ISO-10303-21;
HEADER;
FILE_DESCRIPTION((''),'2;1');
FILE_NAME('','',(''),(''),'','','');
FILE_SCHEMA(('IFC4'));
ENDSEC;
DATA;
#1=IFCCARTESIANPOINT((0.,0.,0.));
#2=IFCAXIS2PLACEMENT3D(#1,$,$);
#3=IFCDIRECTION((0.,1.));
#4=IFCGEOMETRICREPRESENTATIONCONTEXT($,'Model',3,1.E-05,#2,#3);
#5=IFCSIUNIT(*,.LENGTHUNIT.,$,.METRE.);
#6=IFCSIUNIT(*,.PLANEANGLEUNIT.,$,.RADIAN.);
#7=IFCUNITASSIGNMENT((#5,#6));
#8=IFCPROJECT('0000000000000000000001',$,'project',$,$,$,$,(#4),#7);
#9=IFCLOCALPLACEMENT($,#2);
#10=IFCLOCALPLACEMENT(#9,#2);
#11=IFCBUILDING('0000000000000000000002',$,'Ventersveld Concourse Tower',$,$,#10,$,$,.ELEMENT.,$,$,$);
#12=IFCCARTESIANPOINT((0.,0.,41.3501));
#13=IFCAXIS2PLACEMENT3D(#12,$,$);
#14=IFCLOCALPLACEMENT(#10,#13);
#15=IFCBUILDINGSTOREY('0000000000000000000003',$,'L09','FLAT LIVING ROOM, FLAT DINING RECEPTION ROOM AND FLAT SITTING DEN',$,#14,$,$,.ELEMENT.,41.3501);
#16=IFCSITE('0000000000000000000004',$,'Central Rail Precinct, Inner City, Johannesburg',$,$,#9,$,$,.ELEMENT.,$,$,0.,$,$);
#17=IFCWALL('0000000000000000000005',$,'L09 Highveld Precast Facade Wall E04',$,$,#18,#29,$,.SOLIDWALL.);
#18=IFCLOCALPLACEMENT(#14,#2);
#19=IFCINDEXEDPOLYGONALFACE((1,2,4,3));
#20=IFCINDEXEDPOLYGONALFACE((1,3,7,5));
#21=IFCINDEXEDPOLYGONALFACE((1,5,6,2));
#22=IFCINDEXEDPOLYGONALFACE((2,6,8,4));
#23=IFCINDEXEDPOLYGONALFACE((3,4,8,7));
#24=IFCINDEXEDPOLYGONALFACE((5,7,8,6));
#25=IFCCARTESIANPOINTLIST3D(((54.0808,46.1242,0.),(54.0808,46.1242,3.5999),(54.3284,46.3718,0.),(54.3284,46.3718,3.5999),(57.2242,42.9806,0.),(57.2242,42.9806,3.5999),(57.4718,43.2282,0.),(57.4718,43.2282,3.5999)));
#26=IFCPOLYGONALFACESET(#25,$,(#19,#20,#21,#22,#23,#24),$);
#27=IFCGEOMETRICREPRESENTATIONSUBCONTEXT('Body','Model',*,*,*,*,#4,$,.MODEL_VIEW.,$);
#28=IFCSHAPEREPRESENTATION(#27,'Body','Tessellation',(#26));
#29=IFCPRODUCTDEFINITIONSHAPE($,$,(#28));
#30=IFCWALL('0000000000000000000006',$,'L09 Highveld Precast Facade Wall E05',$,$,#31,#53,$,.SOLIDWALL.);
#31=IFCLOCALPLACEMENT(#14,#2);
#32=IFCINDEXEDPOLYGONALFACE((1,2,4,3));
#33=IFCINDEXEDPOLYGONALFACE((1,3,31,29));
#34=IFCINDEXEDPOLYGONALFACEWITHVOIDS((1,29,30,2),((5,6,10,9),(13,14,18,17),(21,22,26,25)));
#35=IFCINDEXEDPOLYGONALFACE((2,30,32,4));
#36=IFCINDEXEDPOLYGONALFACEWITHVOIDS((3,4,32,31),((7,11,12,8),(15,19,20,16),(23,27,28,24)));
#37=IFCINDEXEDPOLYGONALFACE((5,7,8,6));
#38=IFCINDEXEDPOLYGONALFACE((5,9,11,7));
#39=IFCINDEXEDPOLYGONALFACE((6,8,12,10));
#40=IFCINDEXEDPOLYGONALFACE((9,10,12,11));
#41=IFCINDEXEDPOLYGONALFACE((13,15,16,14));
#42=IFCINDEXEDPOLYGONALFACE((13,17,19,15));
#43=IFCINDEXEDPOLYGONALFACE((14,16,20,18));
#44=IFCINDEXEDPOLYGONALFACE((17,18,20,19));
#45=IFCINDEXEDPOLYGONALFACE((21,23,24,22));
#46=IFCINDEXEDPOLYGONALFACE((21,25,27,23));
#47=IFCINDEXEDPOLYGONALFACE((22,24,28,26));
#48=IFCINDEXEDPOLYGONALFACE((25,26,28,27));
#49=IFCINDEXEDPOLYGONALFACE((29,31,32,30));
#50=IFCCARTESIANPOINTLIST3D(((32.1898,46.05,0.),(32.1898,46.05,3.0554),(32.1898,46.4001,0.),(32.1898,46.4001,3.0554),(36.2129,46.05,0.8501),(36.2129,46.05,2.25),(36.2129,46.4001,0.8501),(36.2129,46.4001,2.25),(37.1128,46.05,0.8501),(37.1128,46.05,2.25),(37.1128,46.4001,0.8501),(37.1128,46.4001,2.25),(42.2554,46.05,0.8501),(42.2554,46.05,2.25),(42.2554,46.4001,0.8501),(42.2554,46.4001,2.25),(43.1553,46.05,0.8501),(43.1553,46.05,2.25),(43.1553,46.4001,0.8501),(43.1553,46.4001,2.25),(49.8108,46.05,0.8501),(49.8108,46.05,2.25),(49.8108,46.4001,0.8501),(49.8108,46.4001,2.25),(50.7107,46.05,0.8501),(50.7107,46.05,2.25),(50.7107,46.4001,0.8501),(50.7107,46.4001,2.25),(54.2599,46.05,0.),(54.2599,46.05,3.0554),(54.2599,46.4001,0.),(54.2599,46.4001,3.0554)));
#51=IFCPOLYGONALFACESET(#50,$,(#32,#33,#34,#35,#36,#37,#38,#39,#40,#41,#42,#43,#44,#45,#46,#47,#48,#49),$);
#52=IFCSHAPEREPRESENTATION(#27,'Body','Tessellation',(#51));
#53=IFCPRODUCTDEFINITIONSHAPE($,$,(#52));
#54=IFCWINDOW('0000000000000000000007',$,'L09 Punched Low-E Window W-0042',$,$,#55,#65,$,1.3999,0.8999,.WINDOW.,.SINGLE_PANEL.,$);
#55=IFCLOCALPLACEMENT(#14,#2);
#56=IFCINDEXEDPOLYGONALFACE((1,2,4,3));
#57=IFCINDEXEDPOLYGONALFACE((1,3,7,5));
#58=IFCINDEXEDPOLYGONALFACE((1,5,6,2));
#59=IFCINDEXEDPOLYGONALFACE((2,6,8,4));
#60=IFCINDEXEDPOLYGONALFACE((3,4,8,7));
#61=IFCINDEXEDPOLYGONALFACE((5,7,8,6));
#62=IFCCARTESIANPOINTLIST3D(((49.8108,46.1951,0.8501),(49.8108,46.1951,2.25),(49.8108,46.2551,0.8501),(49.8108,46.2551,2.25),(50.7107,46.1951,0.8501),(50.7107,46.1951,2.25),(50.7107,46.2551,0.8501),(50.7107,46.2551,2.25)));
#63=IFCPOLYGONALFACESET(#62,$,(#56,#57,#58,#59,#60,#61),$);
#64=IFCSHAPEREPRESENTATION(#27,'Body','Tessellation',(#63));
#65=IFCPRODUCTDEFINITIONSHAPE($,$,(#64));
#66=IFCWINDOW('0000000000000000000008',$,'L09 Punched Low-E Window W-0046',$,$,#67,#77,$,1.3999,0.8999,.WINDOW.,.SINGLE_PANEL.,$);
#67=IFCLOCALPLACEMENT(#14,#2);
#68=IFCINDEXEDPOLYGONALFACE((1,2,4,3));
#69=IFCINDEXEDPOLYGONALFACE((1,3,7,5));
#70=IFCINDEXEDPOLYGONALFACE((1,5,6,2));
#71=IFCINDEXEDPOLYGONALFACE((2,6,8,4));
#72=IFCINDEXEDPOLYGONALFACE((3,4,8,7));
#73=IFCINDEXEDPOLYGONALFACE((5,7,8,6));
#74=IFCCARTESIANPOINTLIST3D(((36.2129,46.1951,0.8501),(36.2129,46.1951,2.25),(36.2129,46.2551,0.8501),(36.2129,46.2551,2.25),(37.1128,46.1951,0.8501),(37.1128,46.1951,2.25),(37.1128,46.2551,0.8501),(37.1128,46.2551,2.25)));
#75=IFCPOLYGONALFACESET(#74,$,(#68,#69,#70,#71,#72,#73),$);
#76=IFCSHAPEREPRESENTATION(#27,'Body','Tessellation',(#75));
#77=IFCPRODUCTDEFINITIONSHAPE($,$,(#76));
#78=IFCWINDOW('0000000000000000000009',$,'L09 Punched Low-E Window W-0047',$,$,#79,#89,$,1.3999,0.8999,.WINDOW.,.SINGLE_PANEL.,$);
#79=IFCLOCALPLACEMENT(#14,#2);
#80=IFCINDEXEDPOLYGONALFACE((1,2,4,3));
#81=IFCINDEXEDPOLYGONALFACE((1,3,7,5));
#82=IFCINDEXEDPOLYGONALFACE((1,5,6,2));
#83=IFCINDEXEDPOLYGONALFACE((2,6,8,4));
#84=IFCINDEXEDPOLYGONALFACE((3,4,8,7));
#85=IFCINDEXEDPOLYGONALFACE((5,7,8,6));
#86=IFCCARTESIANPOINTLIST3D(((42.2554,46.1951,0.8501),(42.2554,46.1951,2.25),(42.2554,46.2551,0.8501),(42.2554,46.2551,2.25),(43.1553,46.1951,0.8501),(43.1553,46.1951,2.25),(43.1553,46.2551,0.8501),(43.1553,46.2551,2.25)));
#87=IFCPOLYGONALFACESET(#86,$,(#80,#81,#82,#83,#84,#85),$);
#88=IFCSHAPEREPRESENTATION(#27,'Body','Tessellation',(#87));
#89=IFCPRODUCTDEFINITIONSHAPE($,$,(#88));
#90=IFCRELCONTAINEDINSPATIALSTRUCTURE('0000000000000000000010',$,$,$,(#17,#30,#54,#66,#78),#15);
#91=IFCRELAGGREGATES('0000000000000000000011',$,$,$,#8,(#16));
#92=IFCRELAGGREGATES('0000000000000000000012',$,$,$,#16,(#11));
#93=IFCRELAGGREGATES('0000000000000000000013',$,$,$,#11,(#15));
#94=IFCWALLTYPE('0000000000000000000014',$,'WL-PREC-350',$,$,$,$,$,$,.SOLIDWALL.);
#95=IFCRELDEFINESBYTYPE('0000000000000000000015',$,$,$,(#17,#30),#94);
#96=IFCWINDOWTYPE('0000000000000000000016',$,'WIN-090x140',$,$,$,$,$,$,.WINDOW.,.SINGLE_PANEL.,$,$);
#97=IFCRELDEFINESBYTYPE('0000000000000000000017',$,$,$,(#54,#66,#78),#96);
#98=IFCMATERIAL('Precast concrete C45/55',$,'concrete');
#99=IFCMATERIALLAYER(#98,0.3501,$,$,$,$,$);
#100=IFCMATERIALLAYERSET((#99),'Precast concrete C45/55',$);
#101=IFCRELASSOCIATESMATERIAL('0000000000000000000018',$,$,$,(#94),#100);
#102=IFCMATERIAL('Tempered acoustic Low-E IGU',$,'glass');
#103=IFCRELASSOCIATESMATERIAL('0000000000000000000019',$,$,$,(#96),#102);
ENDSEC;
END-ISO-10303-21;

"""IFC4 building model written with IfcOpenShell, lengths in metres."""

from ifc_helpers import new_model, si_unit, direction, frame, frame_2d, origin, place, context, subcontext, project, spatial, rectangle, extrude, material, layer, layer_set, type_object, element, fill, save


model = new_model("IFC4")

# Units and contexts
model_context = context("Model", 3, precision=1e-05, world=origin(), true_north=direction((0.0, 1.0)))
body_context = subcontext(model_context, "Body", "Model", "MODEL_VIEW")
ifc_project = project(units=[si_unit("LENGTHUNIT", "METRE"), si_unit("PLANEANGLEUNIT", "RADIAN")], contexts=[model_context])

# Site, building, storey
site_placement = place(None, origin())
site = spatial("IfcSite", under=ifc_project, at=site_placement, Name="Central Rail Precinct, Inner City, Johannesburg", CompositionType="ELEMENT", RefElevation=0.0)
building_placement = place(site_placement, origin())
building = spatial("IfcBuilding", under=site, at=building_placement, Name="Ventersveld Concourse Tower", CompositionType="ELEMENT")
storey_placement = place(building_placement, frame((0.0, 0.0, 41.3501)))
storey = spatial("IfcBuildingStorey", under=building, at=storey_placement, Name="L09", Description="FLAT LIVING ROOM, FLAT DINING RECEPTION ROOM AND FLAT SITTING DEN", CompositionType="ELEMENT", Elevation=41.3501)

# Wall
ifc_material_1 = material(Name="Precast concrete C45/55", Category="concrete")
ifc_layer_1 = layer(ifc_material_1, 0.3501)
ifc_layer_set_1 = layer_set([ifc_layer_1], Name="Precast concrete C45/55")
wall_type_1 = type_object("IfcWallType", Name="WL-PREC-350", PredefinedType="SOLIDWALL", material=ifc_layer_set_1)
wall_1_placement = place(storey_placement, frame((57.3479, 43.1045, 0.0), z_axis=(0.0, 0.0, 1.0), x_axis=(-0.707079, 0.707134, 0.0)))
element("IfcWall", 1, at=wall_1_placement, inside=storey, type_object=wall_type_1, Name="L09 Highveld Precast Facade Wall E04", PredefinedType="SOLIDWALL", context=body_context, shape_type="SweptSolid", body=[
    extrude(rectangle(XDim=4.4456, YDim=0.3501, at=frame_2d((2.2227, 0.0))), origin(), (0.0, 0.0, 1.0), 3.5999),
])

# Wall, openings, windows
wall_2_placement = place(storey_placement, frame((54.26, 46.2251, 0.0), z_axis=(0.0, 0.0, 1.0), x_axis=(-1.0, 0.0, 0.0)))
wall_2 = element("IfcWall", 2, at=wall_2_placement, inside=storey, type_object=wall_type_1, Name="L09 Highveld Precast Facade Wall E05", PredefinedType="SOLIDWALL", context=body_context, shape_type="SweptSolid", body=[
    extrude(rectangle(XDim=22.0701, YDim=0.3501, at=frame_2d((11.0352, 0.0))), origin(), (0.0, 0.0, 1.0), 3.0554),
])
opening_1_placement = place(wall_2_placement, frame((3.5493, 0.0, 0.8501)))
opening_1 = element("IfcOpeningElement", 3, at=opening_1_placement, cuts=wall_2, PredefinedType="OPENING", context=body_context, shape_type="SweptSolid", body=[
    extrude(rectangle(XDim=0.8999, YDim=1.3999, at=frame_2d((0.45, 0.7))), frame((0.0, 0.1851, 0.0), z_axis=(0.0, -1.0, 0.0), x_axis=(1.0, 0.0, 0.0)), (0.0, 0.0, 1.0), 0.3701),
])
opening_2_placement = place(wall_2_placement, frame((17.1472, 0.0, 0.8501)))
opening_2 = element("IfcOpeningElement", 4, at=opening_2_placement, cuts=wall_2, PredefinedType="OPENING", context=body_context, shape_type="SweptSolid", body=[
    extrude(rectangle(XDim=0.8999, YDim=1.3999, at=frame_2d((0.45, 0.7))), frame((0.0, 0.1851, 0.0), z_axis=(0.0, -1.0, 0.0), x_axis=(1.0, 0.0, 0.0)), (0.0, 0.0, 1.0), 0.3701),
])
opening_3_placement = place(wall_2_placement, frame((11.1047, 0.0, 0.8501)))
opening_3 = element("IfcOpeningElement", 5, at=opening_3_placement, cuts=wall_2, PredefinedType="OPENING", context=body_context, shape_type="SweptSolid", body=[
    extrude(rectangle(XDim=0.8999, YDim=1.3999, at=frame_2d((0.45, 0.7))), frame((0.0, 0.1851, 0.0), z_axis=(0.0, -1.0, 0.0), x_axis=(1.0, 0.0, 0.0)), (0.0, 0.0, 1.0), 0.3701),
])
ifc_material_2 = material(Name="Tempered acoustic Low-E IGU", Category="glass")
window_type = type_object("IfcWindowType", Name="WIN-090x140", PartitioningType="SINGLE_PANEL", PredefinedType="WINDOW", material=ifc_material_2)
window_1_placement = place(opening_1_placement, origin())
window_1 = element("IfcWindow", 6, at=window_1_placement, inside=storey, type_object=window_type, Name="L09 Punched Low-E Window W-0042", OverallHeight=1.3999, OverallWidth=0.8999, PartitioningType="SINGLE_PANEL", PredefinedType="WINDOW", context=body_context, shape_type="SweptSolid", body=[
    extrude(rectangle(XDim=0.8999, YDim=1.3999, at=frame_2d((0.45, 0.7))), frame((0.0, 0.03, 0.0), z_axis=(0.0, -1.0, 0.0), x_axis=(1.0, 0.0, 0.0)), (0.0, 0.0, 1.0), 0.0601),
])
fill(opening_1, window_1)
window_2_placement = place(opening_2_placement, origin())
window_2 = element("IfcWindow", 7, at=window_2_placement, inside=storey, type_object=window_type, Name="L09 Punched Low-E Window W-0046", OverallHeight=1.3999, OverallWidth=0.8999, PartitioningType="SINGLE_PANEL", PredefinedType="WINDOW", context=body_context, shape_type="SweptSolid", body=[
    extrude(rectangle(XDim=0.8999, YDim=1.3999, at=frame_2d((0.45, 0.7))), frame((0.0, 0.03, 0.0), z_axis=(0.0, -1.0, 0.0), x_axis=(1.0, 0.0, 0.0)), (0.0, 0.0, 1.0), 0.0601),
])
fill(opening_2, window_2)
window_3_placement = place(opening_3_placement, origin())
window_3 = element("IfcWindow", 8, at=window_3_placement, inside=storey, type_object=window_type, Name="L09 Punched Low-E Window W-0047", OverallHeight=1.3999, OverallWidth=0.8999, PartitioningType="SINGLE_PANEL", PredefinedType="WINDOW", context=body_context, shape_type="SweptSolid", body=[
    extrude(rectangle(XDim=0.8999, YDim=1.3999, at=frame_2d((0.45, 0.7))), frame((0.0, 0.03, 0.0), z_axis=(0.0, -1.0, 0.0), x_axis=(1.0, 0.0, 0.0)), (0.0, 0.0, 1.0), 0.0601),
])
fill(opening_3, window_3)

save(model, "model.ifc")
